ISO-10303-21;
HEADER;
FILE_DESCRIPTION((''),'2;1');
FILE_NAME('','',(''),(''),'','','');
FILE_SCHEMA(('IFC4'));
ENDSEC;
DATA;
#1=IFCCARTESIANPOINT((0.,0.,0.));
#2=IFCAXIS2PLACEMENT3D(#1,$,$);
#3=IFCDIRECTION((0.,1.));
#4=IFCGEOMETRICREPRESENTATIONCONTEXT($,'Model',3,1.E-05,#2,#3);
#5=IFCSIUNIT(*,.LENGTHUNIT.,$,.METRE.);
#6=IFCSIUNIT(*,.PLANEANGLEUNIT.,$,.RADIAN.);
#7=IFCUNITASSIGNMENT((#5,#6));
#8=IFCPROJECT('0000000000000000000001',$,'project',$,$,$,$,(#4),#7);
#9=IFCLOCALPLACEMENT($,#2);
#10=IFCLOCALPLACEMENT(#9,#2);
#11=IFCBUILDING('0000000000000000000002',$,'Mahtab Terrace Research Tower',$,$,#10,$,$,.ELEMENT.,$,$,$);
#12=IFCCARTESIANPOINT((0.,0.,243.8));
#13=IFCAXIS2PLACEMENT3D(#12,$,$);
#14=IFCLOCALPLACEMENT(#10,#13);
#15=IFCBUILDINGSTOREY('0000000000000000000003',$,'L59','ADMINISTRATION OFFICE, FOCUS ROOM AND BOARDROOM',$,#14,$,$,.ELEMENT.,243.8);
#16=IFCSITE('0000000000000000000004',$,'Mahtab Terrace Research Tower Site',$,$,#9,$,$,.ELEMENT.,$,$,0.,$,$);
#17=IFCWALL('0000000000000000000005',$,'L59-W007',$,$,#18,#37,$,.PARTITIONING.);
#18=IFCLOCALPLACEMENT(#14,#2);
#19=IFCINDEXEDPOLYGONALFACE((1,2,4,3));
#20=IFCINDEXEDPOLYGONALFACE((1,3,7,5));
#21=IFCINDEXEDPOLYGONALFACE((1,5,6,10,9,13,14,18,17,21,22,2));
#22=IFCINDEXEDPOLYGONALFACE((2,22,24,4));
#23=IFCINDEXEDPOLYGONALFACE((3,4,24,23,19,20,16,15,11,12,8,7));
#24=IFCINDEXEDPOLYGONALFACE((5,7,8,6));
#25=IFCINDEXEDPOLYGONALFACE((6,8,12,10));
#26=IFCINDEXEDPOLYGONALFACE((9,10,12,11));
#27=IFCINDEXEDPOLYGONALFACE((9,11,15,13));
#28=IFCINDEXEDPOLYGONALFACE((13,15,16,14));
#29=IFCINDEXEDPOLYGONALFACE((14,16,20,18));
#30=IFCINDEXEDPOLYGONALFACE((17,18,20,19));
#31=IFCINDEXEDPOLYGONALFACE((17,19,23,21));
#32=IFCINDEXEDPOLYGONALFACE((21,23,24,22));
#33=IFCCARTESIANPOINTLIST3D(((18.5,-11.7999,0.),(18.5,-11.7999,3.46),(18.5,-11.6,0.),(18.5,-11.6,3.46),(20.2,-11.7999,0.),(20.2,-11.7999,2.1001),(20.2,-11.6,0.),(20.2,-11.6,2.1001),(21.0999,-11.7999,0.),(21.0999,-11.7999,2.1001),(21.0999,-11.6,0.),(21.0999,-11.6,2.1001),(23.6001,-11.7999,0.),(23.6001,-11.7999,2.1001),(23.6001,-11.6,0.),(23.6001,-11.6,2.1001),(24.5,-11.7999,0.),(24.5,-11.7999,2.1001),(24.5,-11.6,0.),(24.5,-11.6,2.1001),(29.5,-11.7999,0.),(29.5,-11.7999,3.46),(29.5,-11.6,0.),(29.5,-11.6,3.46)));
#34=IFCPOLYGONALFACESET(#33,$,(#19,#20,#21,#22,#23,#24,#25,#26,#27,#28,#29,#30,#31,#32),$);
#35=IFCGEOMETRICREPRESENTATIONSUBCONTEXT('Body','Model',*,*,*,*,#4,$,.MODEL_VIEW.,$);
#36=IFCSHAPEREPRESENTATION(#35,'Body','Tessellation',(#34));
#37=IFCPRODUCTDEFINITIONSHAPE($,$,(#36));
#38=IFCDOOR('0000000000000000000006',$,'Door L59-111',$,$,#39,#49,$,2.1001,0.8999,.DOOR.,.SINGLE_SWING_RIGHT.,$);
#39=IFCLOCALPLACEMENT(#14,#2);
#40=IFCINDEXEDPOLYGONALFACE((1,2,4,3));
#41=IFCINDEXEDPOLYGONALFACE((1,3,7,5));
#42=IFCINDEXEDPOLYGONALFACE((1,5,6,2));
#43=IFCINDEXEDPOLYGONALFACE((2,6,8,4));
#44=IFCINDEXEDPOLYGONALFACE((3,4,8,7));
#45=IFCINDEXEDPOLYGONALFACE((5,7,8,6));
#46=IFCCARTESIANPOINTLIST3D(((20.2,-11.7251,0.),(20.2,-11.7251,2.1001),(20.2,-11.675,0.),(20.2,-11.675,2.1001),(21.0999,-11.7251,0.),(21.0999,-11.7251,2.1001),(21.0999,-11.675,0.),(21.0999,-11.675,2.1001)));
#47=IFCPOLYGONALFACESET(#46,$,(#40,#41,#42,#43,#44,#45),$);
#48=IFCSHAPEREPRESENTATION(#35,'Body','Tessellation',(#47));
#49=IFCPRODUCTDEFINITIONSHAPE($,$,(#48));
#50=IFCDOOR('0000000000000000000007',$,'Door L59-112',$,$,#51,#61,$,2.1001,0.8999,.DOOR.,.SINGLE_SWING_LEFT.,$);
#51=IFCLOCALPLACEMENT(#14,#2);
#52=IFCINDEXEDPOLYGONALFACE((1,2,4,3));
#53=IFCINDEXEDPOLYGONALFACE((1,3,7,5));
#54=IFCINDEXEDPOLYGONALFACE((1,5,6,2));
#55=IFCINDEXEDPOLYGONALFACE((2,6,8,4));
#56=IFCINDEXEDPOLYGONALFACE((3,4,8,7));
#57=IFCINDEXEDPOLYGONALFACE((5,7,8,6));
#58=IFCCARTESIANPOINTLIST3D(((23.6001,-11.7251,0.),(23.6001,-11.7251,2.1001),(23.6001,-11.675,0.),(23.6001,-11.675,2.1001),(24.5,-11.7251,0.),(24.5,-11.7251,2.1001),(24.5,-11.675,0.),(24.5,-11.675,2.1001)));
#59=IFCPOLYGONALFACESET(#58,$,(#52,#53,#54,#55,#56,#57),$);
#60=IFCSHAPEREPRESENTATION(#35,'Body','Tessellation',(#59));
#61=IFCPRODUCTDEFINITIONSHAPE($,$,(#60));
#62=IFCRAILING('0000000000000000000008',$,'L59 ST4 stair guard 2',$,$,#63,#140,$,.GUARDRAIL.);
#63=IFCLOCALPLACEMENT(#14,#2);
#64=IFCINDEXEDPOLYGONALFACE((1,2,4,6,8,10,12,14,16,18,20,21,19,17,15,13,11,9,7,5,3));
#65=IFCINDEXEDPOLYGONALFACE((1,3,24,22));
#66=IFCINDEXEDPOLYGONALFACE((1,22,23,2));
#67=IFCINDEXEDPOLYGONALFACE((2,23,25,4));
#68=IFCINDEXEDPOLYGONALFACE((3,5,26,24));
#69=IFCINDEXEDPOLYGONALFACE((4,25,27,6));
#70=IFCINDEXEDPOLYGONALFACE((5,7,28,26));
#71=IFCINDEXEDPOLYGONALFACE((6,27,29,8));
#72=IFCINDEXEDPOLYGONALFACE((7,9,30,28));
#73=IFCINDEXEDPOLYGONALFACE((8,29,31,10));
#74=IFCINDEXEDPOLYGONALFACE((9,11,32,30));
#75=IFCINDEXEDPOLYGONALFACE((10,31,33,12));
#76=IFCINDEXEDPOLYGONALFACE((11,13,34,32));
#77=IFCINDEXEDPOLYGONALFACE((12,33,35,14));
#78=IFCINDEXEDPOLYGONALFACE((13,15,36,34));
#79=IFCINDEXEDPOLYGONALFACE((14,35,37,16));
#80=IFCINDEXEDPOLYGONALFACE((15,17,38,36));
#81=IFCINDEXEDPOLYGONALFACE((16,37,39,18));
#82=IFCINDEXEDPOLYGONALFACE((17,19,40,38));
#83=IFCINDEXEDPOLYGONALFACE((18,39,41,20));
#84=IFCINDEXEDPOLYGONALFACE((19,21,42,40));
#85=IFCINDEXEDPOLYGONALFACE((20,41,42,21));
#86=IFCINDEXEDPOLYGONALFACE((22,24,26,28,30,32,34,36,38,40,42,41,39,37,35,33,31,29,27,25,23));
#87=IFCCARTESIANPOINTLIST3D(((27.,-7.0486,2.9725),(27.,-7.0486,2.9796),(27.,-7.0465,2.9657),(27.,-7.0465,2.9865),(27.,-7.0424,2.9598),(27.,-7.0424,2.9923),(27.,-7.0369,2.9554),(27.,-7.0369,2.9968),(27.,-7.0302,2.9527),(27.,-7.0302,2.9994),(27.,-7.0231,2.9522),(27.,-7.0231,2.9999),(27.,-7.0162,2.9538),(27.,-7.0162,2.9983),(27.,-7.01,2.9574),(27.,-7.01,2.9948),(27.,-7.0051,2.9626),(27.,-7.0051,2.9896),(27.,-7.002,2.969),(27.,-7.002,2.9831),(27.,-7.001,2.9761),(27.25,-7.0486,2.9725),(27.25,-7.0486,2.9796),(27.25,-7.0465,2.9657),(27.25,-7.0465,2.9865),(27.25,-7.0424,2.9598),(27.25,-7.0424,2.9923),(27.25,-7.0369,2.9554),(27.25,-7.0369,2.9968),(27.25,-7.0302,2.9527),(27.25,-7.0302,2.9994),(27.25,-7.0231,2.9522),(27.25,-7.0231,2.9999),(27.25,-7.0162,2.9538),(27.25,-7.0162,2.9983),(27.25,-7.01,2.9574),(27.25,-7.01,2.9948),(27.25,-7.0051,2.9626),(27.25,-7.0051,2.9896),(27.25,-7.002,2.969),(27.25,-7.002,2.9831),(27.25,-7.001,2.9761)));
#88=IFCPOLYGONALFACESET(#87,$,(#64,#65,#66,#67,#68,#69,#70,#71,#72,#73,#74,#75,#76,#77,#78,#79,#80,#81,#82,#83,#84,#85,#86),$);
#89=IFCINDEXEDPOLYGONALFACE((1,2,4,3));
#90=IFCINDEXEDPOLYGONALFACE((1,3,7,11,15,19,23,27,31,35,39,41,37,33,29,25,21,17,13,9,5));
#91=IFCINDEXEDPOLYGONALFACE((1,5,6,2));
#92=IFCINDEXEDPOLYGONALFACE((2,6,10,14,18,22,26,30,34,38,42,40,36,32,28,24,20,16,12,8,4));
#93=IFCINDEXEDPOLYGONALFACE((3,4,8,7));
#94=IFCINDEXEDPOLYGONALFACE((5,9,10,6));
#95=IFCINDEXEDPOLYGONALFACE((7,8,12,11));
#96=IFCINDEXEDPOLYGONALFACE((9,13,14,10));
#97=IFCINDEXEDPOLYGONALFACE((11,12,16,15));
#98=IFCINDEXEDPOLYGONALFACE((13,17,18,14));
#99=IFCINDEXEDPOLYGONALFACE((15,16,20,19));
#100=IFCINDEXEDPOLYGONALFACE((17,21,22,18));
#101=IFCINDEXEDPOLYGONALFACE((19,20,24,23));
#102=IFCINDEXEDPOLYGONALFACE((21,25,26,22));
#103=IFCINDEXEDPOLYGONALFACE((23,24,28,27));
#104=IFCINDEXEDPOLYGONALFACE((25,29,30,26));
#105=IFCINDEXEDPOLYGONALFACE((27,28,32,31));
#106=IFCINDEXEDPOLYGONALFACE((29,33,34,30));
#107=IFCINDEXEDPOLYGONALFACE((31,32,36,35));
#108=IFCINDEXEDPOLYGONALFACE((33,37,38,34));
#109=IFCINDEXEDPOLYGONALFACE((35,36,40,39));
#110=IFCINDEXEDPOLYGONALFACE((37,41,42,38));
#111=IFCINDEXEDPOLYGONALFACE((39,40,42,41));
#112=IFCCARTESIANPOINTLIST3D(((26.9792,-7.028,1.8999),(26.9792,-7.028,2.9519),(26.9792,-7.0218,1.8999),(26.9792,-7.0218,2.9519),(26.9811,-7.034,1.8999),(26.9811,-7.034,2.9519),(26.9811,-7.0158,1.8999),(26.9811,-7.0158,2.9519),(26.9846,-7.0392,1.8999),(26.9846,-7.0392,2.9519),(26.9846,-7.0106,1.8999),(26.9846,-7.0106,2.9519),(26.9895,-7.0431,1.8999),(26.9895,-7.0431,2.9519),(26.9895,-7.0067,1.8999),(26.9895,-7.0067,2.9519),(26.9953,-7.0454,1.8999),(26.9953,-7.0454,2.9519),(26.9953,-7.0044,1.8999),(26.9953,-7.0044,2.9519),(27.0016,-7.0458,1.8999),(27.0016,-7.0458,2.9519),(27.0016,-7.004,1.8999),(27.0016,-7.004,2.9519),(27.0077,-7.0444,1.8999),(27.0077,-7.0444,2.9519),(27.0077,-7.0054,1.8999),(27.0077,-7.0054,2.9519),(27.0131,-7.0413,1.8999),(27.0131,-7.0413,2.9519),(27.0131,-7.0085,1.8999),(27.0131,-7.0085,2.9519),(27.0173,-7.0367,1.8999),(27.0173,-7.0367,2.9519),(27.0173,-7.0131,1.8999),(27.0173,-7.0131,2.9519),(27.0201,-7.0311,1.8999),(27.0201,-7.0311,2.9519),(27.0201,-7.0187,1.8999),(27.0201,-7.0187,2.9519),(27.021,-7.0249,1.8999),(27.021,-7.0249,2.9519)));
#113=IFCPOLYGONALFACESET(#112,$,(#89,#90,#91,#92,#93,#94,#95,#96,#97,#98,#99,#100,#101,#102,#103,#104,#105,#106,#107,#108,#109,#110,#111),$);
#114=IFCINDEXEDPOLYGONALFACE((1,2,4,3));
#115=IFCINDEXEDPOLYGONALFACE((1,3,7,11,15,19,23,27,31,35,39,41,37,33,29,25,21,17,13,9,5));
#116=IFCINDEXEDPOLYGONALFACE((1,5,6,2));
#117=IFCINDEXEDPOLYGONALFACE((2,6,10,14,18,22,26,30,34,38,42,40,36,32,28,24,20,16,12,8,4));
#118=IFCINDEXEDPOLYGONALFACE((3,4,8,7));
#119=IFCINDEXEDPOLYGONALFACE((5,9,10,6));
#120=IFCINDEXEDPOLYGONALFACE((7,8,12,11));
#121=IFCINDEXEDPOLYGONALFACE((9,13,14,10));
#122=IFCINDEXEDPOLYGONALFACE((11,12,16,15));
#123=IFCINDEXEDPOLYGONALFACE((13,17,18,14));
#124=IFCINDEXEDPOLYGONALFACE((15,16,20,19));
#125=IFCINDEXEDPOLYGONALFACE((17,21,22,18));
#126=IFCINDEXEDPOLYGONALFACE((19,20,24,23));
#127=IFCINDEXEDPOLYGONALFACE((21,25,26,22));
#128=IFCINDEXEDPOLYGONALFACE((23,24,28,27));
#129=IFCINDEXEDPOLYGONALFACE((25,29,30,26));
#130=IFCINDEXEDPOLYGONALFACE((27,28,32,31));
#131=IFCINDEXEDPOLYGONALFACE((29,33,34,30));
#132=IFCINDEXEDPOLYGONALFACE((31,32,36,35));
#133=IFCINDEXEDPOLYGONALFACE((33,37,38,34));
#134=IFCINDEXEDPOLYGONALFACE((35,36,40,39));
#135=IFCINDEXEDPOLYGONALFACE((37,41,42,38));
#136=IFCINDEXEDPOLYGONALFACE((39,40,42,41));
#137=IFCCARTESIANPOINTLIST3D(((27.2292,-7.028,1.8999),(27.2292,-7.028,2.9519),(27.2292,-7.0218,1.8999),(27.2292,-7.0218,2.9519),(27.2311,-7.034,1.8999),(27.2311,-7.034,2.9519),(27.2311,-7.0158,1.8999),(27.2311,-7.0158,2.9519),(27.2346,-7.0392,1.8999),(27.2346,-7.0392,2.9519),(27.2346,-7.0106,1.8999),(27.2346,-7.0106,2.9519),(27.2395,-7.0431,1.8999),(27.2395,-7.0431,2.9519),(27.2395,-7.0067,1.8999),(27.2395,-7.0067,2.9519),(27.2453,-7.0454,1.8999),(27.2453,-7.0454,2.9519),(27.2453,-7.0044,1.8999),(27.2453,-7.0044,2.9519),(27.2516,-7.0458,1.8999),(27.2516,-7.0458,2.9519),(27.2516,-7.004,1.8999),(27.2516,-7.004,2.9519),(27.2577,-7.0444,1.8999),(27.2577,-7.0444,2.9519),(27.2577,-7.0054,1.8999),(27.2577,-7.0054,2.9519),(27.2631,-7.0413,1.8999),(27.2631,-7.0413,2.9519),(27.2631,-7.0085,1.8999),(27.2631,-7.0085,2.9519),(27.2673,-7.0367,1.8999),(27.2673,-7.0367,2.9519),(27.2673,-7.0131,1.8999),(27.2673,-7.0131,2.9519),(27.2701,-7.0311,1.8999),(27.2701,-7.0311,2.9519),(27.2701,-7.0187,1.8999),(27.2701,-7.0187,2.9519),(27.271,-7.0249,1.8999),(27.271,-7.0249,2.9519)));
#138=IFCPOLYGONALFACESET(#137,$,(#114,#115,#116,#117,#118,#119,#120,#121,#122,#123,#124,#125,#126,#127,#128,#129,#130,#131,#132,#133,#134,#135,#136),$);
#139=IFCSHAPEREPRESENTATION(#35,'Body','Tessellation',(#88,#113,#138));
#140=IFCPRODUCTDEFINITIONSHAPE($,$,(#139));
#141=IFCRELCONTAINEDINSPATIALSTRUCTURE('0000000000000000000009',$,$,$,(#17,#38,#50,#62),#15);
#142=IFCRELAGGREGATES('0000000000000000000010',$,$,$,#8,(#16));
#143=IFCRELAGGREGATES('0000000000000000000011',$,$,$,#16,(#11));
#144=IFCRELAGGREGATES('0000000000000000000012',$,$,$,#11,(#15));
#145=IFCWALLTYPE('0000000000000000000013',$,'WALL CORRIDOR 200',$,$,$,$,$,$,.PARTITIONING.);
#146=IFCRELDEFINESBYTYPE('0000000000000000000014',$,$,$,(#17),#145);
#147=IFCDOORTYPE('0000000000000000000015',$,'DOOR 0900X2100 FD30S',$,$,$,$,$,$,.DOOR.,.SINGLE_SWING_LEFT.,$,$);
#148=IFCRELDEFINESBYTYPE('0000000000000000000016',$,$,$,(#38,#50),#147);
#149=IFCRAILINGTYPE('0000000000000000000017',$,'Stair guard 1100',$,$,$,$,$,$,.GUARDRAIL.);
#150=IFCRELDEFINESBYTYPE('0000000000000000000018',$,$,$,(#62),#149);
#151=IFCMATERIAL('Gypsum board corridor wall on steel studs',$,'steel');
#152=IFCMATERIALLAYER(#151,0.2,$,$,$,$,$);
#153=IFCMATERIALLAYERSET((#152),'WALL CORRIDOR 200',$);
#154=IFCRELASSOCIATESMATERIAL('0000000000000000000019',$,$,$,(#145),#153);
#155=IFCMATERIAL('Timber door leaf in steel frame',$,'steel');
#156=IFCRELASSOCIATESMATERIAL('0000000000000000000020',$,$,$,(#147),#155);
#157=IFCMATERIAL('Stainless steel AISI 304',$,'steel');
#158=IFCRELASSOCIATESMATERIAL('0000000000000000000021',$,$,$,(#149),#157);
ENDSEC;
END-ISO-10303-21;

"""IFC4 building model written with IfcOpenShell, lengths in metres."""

from ifc_helpers import new_model, si_unit, direction, frame, frame_2d, origin, origin_2d, place, context, subcontext, project, spatial, rectangle, circle, extrude, material, layer, layer_set, type_object, element, fill, save


model = new_model("IFC4")

# Units and contexts
model_context = context("Model", 3, precision=1e-05, world=origin(), true_north=direction((0.0, 1.0)))
body_context = subcontext(model_context, "Body", "Model", "MODEL_VIEW")
ifc_project = project(units=[si_unit("LENGTHUNIT", "METRE"), si_unit("PLANEANGLEUNIT", "RADIAN")], contexts=[model_context])

# Site, building, storey
site_placement = place(None, origin())
site = spatial("IfcSite", under=ifc_project, at=site_placement, Name="Mahtab Terrace Research Tower Site", CompositionType="ELEMENT", RefElevation=0.0)
building_placement = place(site_placement, origin())
building = spatial("IfcBuilding", under=site, at=building_placement, Name="Mahtab Terrace Research Tower", CompositionType="ELEMENT")
storey_placement = place(building_placement, frame((0.0, 0.0, 243.8)))
storey = spatial("IfcBuildingStorey", under=building, at=storey_placement, Name="L59", Description="ADMINISTRATION OFFICE, FOCUS ROOM AND BOARDROOM", CompositionType="ELEMENT", Elevation=243.8)

# Shared definitions
ifc_material_1 = material(Name="Stainless steel AISI 304", Category="steel")

# Wall, openings, doors
ifc_material_2 = material(Name="Gypsum board corridor wall on steel studs", Category="steel")
ifc_layer_1 = layer(ifc_material_2, 0.2)
ifc_layer_set_1 = layer_set([ifc_layer_1], Name="WALL CORRIDOR 200")
wall_type_1 = type_object("IfcWallType", Name="WALL CORRIDOR 200", PredefinedType="PARTITIONING", material=ifc_layer_set_1)
wall_1_placement = place(storey_placement, frame((18.5, -11.7, 0.0), z_axis=(0.0, 0.0, 1.0), x_axis=(1.0, 0.0, 0.0)))
wall_1 = element("IfcWall", 1, at=wall_1_placement, inside=storey, type_object=wall_type_1, Name="L59-W007", PredefinedType="PARTITIONING", context=body_context, shape_type="SweptSolid", body=[
    extrude(rectangle(XDim=11.0, YDim=0.2, at=frame_2d((5.5, 0.0))), origin(), (0.0, 0.0, 1.0), 3.46),
])
opening_1_placement = place(wall_1_placement, frame((1.7, 0.0, 0.0)))
opening_1 = element("IfcOpeningElement", 2, at=opening_1_placement, cuts=wall_1, PredefinedType="OPENING", context=body_context, shape_type="SweptSolid", body=[
    extrude(rectangle(XDim=0.8999, YDim=2.1001, at=frame_2d((0.45, 1.05))), frame((0.0, 0.1099, 0.0), z_axis=(0.0, -1.0, 0.0), x_axis=(1.0, 0.0, 0.0)), (0.0, 0.0, 1.0), 0.22),
])
opening_2_placement = place(wall_1_placement, frame((5.1001, 0.0, 0.0)))
opening_2 = element("IfcOpeningElement", 3, at=opening_2_placement, cuts=wall_1, PredefinedType="OPENING", context=body_context, shape_type="SweptSolid", body=[
    extrude(rectangle(XDim=0.8999, YDim=2.1001, at=frame_2d((0.45, 1.05))), frame((0.0, 0.1099, 0.0), z_axis=(0.0, -1.0, 0.0), x_axis=(1.0, 0.0, 0.0)), (0.0, 0.0, 1.0), 0.22),
])
ifc_material_3 = material(Name="Timber door leaf in steel frame", Category="steel")
door_type_1 = type_object("IfcDoorType", Name="DOOR 0900X2100 FD30S", OperationType="SINGLE_SWING_LEFT", PredefinedType="DOOR", material=ifc_material_3)
door_1_placement = place(opening_1_placement, origin())
door_1 = element("IfcDoor", 4, at=door_1_placement, inside=storey, type_object=door_type_1, Name="Door L59-111", OperationType="SINGLE_SWING_RIGHT", OverallHeight=2.1001, OverallWidth=0.8999, PredefinedType="DOOR", context=body_context, shape_type="SweptSolid", body=[
    extrude(rectangle(XDim=0.8999, YDim=2.1001, at=frame_2d((0.45, 1.05))), frame((0.0, 0.0249, 0.0), z_axis=(0.0, -1.0, 0.0), x_axis=(1.0, 0.0, 0.0)), (0.0, 0.0, 1.0), 0.05),
])
fill(opening_1, door_1)
door_2_placement = place(opening_2_placement, origin())
door_2 = element("IfcDoor", 5, at=door_2_placement, inside=storey, type_object=door_type_1, Name="Door L59-112", OperationType="SINGLE_SWING_LEFT", OverallHeight=2.1001, OverallWidth=0.8999, PredefinedType="DOOR", context=body_context, shape_type="SweptSolid", body=[
    extrude(rectangle(XDim=0.8999, YDim=2.1001, at=frame_2d((0.45, 1.05))), frame((0.0, 0.0249, 0.0), z_axis=(0.0, -1.0, 0.0), x_axis=(1.0, 0.0, 0.0)), (0.0, 0.0, 1.0), 0.05),
])
fill(opening_2, door_2)

# Railing
railing_type = type_object("IfcRailingType", Name="Stair guard 1100", PredefinedType="GUARDRAIL", material=ifc_material_1)
railing_1_placement = place(storey_placement, frame((27.0, -7.0249, 1.8999)))
element("IfcRailing", 6, at=railing_1_placement, inside=storey, type_object=railing_type, Name="L59 ST4 stair guard 2", PredefinedType="GUARDRAIL", context=body_context, shape_type="SweptSolid", body=[
    extrude(circle(Radius=0.0239, at=origin_2d()), frame((0.0, 0.0, 1.0762), z_axis=(1.0, 0.0, 0.0), x_axis=(0.0, 1.0, 0.0)), (0.0, 0.0, 1.0), 0.25),
    extrude(circle(Radius=0.021, at=origin_2d()), origin(), (0.0, 0.0, 1.0), 1.052),
    extrude(circle(Radius=0.021, at=origin_2d()), frame((0.25, 0.0, 0.0)), (0.0, 0.0, 1.0), 1.052),
])

save(model, "model.ifc")
